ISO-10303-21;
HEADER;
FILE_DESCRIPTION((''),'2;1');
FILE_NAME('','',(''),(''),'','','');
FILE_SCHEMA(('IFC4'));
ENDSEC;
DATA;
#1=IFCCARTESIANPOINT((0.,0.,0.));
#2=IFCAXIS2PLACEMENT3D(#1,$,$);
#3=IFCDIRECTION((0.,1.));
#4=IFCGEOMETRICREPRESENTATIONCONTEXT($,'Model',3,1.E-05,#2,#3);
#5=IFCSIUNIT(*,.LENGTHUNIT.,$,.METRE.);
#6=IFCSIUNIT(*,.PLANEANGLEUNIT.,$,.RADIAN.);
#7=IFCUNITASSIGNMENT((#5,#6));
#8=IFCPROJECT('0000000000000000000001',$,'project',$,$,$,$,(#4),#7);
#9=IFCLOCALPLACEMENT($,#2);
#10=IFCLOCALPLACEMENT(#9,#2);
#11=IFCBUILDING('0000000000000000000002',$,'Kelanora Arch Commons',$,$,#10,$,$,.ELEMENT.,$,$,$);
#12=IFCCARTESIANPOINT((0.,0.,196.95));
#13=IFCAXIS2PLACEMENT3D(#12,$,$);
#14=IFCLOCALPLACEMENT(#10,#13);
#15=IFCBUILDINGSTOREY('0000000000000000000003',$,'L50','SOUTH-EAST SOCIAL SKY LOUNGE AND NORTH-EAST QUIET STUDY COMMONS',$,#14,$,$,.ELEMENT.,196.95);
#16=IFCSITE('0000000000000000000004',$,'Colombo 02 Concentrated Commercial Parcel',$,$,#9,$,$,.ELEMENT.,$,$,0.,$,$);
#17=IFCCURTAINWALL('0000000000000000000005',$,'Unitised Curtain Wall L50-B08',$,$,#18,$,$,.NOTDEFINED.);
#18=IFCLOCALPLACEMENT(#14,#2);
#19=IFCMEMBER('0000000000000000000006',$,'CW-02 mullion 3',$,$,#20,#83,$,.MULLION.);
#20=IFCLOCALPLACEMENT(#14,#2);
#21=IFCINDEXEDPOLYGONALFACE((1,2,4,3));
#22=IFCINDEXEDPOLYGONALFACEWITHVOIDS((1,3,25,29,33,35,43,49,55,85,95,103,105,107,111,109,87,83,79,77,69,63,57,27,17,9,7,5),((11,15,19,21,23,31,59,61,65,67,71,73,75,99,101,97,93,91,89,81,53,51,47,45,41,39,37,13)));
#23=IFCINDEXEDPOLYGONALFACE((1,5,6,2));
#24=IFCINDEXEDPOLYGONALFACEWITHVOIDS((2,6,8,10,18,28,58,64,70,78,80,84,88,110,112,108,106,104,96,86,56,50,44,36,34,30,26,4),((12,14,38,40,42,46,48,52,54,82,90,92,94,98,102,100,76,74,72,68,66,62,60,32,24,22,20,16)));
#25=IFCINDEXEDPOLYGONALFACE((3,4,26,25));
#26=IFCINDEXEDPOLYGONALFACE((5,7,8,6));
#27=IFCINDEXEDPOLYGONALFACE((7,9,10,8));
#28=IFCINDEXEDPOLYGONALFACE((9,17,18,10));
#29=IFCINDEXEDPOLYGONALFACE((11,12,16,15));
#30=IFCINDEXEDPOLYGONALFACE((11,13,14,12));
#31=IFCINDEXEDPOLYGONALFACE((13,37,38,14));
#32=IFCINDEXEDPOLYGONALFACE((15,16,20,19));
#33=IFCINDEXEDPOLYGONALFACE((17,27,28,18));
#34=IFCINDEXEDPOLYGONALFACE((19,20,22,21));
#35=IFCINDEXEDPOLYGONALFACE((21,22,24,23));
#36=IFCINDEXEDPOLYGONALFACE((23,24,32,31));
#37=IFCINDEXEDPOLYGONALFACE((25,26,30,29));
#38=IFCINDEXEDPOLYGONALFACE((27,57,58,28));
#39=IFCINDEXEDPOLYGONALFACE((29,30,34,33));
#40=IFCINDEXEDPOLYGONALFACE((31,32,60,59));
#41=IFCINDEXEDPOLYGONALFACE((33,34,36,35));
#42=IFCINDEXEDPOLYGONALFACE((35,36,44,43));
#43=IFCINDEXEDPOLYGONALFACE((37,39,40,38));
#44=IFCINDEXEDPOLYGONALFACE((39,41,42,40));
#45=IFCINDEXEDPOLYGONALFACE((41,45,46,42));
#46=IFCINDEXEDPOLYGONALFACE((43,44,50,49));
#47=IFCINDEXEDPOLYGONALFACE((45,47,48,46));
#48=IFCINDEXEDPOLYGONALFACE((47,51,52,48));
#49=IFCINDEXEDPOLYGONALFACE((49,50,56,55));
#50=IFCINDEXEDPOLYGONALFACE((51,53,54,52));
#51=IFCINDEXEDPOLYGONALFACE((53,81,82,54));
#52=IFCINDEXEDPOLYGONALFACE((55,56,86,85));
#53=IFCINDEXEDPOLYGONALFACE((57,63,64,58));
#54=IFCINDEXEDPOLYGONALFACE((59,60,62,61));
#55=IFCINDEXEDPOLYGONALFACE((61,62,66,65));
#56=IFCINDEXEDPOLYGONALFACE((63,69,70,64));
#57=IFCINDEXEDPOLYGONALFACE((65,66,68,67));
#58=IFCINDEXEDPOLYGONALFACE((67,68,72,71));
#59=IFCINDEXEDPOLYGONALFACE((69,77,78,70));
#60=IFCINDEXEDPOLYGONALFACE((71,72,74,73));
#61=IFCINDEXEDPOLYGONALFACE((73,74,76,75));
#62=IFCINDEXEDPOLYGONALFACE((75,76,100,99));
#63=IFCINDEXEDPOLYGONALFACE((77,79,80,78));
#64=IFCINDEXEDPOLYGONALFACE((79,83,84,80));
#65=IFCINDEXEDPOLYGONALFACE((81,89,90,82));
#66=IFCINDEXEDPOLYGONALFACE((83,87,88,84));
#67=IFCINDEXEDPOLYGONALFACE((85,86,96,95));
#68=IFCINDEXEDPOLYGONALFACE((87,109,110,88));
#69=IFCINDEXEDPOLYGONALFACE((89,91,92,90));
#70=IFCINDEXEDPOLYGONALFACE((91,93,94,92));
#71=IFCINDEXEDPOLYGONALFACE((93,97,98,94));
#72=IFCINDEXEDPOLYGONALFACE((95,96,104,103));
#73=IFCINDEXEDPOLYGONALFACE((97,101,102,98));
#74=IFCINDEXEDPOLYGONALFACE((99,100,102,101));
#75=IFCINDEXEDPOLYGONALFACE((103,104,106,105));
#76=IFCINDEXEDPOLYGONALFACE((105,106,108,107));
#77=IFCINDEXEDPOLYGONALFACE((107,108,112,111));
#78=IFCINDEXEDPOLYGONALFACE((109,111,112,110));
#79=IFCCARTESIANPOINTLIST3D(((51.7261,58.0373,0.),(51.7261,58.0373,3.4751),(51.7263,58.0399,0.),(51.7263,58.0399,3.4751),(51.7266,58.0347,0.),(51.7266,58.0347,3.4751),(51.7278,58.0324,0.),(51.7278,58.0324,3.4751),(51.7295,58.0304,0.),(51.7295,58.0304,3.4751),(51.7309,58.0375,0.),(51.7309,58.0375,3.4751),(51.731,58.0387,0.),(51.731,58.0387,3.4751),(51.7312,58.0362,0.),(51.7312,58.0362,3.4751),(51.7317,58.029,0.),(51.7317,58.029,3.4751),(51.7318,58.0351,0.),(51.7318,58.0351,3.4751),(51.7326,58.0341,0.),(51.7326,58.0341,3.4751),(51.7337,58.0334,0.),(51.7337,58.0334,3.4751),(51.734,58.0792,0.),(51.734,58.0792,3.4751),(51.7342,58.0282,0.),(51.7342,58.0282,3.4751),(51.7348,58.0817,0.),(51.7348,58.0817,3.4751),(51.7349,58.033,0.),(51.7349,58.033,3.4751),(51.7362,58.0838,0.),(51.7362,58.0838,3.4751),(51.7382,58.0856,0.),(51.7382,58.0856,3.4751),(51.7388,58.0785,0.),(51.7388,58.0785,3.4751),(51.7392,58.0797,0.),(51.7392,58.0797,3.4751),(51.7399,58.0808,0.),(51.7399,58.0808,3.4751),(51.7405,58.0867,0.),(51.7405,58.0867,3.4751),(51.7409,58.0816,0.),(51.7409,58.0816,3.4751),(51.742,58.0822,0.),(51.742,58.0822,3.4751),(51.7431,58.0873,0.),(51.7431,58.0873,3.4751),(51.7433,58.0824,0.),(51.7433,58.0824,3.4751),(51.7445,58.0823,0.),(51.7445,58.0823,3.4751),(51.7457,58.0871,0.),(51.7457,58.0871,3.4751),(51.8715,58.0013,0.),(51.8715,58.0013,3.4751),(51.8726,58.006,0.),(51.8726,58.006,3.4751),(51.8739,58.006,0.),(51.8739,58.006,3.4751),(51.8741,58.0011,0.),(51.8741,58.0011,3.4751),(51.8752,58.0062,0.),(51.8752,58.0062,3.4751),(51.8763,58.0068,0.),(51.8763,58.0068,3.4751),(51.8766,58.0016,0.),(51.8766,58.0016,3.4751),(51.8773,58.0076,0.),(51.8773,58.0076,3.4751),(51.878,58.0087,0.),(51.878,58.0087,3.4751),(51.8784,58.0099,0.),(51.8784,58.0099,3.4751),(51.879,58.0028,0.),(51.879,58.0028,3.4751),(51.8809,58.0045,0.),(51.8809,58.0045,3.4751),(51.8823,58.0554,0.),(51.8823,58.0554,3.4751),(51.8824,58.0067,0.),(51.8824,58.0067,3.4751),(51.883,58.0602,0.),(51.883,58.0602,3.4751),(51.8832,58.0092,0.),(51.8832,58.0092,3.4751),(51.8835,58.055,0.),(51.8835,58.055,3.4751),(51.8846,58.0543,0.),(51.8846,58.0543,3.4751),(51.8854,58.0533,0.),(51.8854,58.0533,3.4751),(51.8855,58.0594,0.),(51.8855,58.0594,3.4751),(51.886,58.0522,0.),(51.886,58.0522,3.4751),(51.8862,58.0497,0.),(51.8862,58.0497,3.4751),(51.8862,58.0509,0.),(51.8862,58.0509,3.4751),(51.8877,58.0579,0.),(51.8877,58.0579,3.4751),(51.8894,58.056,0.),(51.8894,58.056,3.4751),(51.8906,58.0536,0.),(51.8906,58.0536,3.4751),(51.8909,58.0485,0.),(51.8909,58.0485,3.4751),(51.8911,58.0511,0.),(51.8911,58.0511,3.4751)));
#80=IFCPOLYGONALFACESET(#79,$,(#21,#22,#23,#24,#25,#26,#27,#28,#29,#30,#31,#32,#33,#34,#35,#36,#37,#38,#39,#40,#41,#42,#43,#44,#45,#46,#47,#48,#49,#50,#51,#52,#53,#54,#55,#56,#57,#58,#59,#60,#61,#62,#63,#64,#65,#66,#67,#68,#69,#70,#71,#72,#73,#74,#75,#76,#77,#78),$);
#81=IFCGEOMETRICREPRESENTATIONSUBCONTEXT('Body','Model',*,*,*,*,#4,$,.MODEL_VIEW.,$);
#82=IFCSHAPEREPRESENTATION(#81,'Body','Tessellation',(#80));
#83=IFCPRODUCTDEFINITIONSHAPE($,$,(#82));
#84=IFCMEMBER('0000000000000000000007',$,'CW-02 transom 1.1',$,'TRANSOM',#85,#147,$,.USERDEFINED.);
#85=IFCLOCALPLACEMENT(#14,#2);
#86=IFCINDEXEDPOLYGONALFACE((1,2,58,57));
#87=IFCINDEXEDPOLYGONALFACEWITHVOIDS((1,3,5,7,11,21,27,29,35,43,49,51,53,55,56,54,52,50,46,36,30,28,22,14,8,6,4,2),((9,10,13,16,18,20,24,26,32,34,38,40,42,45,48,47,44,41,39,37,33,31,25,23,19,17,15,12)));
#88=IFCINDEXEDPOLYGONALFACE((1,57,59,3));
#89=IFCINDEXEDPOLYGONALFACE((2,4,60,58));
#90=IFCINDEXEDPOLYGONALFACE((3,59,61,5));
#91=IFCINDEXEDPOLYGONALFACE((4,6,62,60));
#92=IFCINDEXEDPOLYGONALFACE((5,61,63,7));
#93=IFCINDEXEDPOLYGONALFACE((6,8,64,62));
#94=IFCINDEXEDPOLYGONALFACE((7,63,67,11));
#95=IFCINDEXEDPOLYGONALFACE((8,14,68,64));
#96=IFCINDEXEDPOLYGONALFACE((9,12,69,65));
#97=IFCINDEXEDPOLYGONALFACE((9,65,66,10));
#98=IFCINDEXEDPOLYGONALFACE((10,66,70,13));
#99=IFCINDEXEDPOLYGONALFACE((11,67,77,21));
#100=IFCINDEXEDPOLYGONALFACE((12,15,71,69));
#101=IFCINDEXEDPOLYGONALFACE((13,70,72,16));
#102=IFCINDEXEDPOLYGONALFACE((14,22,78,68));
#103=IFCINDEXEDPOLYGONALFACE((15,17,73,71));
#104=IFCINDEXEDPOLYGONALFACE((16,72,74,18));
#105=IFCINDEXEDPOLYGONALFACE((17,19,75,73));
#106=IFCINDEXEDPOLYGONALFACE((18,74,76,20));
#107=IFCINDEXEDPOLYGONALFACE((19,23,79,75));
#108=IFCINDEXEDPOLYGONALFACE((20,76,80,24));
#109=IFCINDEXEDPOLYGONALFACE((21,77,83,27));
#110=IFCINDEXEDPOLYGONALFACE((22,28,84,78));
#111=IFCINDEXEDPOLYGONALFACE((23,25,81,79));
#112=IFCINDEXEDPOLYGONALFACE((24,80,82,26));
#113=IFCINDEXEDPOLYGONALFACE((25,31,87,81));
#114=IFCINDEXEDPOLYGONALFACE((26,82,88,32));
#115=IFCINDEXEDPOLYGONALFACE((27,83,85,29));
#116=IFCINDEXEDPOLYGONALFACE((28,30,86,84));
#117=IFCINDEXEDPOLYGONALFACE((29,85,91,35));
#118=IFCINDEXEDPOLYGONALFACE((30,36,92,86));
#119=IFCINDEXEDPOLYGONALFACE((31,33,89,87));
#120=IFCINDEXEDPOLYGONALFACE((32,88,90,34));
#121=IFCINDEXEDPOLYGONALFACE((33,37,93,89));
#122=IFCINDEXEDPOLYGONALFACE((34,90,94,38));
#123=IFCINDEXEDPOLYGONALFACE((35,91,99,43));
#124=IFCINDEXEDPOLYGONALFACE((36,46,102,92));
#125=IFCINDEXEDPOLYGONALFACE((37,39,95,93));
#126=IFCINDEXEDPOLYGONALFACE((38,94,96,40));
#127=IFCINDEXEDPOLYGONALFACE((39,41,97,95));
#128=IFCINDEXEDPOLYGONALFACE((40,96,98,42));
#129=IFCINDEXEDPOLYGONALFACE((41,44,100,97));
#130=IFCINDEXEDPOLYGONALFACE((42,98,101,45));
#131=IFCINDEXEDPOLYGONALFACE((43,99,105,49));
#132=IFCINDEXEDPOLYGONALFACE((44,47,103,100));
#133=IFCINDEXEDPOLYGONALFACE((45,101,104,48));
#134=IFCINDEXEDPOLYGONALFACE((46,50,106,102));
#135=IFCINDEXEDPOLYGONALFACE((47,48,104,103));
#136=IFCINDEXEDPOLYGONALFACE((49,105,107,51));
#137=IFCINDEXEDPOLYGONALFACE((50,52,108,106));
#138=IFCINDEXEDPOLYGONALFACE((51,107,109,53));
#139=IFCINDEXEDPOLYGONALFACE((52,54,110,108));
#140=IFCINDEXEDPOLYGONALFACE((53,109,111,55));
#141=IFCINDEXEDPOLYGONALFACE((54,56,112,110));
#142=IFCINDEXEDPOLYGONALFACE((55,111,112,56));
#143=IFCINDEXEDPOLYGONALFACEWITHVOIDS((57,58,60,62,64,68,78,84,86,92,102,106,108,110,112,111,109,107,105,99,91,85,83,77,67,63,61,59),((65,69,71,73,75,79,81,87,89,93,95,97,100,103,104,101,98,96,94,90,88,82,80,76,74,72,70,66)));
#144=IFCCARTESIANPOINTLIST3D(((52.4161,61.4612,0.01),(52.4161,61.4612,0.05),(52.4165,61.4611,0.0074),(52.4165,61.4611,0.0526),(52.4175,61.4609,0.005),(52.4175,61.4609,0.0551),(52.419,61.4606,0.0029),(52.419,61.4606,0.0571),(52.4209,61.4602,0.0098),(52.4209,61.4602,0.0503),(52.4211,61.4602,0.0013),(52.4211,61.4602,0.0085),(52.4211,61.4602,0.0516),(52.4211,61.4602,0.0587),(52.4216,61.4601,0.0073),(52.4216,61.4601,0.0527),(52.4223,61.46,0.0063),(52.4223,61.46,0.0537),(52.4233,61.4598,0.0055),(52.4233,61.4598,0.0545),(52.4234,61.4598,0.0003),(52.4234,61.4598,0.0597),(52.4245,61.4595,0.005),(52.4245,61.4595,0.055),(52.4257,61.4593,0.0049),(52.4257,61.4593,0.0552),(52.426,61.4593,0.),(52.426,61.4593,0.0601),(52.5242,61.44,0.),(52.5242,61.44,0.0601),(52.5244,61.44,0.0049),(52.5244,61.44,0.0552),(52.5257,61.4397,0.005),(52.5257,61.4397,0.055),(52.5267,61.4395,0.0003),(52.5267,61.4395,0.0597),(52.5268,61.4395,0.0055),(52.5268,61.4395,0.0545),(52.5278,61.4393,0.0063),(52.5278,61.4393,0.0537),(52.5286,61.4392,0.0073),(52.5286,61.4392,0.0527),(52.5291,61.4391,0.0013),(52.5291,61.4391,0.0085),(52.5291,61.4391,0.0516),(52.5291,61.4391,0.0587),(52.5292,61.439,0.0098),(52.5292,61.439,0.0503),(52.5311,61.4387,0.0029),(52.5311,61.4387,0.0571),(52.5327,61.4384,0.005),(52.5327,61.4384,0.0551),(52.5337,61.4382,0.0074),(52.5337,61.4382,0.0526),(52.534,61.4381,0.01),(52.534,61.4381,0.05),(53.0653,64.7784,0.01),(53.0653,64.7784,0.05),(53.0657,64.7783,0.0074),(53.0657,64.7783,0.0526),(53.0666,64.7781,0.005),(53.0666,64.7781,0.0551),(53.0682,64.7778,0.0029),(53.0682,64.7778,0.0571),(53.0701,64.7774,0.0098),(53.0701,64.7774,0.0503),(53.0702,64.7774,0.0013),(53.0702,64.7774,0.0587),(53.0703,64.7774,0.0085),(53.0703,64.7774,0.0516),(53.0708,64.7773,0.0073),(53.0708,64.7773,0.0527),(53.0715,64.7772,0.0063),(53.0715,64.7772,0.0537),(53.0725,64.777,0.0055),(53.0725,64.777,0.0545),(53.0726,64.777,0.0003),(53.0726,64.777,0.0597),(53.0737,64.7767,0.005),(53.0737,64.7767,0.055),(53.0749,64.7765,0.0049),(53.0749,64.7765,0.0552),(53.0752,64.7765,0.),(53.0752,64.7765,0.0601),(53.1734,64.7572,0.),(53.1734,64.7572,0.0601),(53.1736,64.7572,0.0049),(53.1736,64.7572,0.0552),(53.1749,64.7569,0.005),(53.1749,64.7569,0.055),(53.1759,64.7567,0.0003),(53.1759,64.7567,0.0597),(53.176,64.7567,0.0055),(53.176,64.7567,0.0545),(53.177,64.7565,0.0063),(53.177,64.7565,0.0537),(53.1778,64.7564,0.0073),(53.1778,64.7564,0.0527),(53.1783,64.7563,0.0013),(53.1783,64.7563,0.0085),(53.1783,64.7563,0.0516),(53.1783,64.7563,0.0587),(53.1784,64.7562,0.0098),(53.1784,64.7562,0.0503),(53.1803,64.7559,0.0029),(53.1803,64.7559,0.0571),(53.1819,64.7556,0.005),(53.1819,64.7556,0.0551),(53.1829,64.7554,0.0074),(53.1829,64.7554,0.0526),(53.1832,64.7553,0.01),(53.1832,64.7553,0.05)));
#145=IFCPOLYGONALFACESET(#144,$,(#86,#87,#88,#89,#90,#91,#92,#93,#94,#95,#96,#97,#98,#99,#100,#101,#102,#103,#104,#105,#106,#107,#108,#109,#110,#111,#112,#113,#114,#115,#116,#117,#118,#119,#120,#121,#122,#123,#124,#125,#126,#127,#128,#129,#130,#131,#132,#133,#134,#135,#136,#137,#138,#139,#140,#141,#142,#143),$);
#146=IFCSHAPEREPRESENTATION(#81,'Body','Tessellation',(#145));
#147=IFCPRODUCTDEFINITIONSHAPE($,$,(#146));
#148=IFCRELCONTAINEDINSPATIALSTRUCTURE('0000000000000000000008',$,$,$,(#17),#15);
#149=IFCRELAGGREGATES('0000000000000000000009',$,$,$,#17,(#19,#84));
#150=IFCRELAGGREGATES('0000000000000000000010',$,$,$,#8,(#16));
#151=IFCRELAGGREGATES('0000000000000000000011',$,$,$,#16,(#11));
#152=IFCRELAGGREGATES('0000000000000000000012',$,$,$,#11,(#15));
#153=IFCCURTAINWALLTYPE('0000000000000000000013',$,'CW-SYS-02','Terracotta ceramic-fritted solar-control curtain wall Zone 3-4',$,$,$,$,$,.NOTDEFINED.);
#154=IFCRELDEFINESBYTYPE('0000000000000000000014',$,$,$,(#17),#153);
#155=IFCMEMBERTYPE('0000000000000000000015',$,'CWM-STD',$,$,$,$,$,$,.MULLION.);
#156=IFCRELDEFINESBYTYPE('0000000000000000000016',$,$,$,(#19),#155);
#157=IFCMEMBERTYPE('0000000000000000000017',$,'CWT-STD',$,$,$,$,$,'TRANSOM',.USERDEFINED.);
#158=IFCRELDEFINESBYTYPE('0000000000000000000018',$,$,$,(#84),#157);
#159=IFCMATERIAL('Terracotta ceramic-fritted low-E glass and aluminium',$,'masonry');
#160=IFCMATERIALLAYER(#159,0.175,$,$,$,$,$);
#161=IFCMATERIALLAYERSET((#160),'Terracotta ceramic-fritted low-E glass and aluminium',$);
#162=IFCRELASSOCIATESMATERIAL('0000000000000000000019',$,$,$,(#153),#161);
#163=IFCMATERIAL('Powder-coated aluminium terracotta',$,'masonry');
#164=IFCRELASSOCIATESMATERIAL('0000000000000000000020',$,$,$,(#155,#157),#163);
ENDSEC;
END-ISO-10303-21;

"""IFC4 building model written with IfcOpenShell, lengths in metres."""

from ifc_helpers import new_model, si_unit, direction, frame, origin, origin_2d, place, context, subcontext, project, spatial, hollow_rectangle, extrude, material, layer, layer_set, material_profile, profile_set, type_object, element, aggregate, save


model = new_model("IFC4")

# Units and contexts
model_context = context("Model", 3, precision=1e-05, world=origin(), true_north=direction((0.0, 1.0)))
body_context = subcontext(model_context, "Body", "Model", "MODEL_VIEW")
ifc_project = project(units=[si_unit("LENGTHUNIT", "METRE"), si_unit("PLANEANGLEUNIT", "RADIAN")], contexts=[model_context])

# Site, building, storey
site_placement = place(None, origin())
site = spatial("IfcSite", under=ifc_project, at=site_placement, Name="Colombo 02 Concentrated Commercial Parcel", CompositionType="ELEMENT", RefElevation=0.0)
building_placement = place(site_placement, origin())
building = spatial("IfcBuilding", under=site, at=building_placement, Name="Kelanora Arch Commons", CompositionType="ELEMENT")
storey_placement = place(building_placement, frame((0.0, 0.0, 196.95)))
storey = spatial("IfcBuildingStorey", under=building, at=storey_placement, Name="L50", Description="SOUTH-EAST SOCIAL SKY LOUNGE AND NORTH-EAST QUIET STUDY COMMONS", CompositionType="ELEMENT", Elevation=196.95)

# Curtain wall, members
ifc_material_1 = material(Name="Terracotta ceramic-fritted low-E glass and aluminium", Category="masonry")
ifc_layer_1 = layer(ifc_material_1, 0.175)
ifc_layer_set_1 = layer_set([ifc_layer_1], Name="Terracotta ceramic-fritted low-E glass and aluminium")
curtain_wall_type = type_object("IfcCurtainWallType", Name="CW-SYS-02", Description="Terracotta ceramic-fritted solar-control curtain wall Zone 3-4", PredefinedType="NOTDEFINED", material=ifc_layer_set_1)
curtain_wall_placement = place(storey_placement, origin())
curtain_wall = element("IfcCurtainWall", 1, at=curtain_wall_placement, inside=storey, type_object=curtain_wall_type, Name="Unitised Curtain Wall L50-B08", PredefinedType="NOTDEFINED")
ifc_material_2 = material(Name="Powder-coated aluminium terracotta", Category="masonry")
ifc_material_profile_1 = material_profile(ifc_material_2, hollow_rectangle(XDim=0.1599, YDim=0.0601, WallThickness=0.0049, InnerFilletRadius=0.0049, OuterFilletRadius=0.01, at=origin_2d()), Name="CWM160x60")
ifc_profile_set_1 = profile_set([ifc_material_profile_1], Name="Powder-coated aluminium terracotta")
member_type_1 = type_object("IfcMemberType", Name="CWM-STD", PredefinedType="MULLION", material=ifc_profile_set_1)
member_1_placement = place(storey_placement, frame((51.8086, 58.0442, 0.0), z_axis=(0.0, 0.0, 1.0), x_axis=(0.981381, -0.192069, 0.0)))
member_1 = element("IfcMember", 2, at=member_1_placement, type_object=member_type_1, Name="CW-02 mullion 3", PredefinedType="MULLION", context=body_context, shape_type="SweptSolid", body=[
    extrude(hollow_rectangle(XDim=0.1599, YDim=0.0601, WallThickness=0.0049, InnerFilletRadius=0.0049, OuterFilletRadius=0.01, at=origin_2d()), origin(), (0.0, 0.0, 1.0), 3.4751),
])
ifc_material_profile_2 = material_profile(ifc_material_2, hollow_rectangle(XDim=0.1201, YDim=0.0601, WallThickness=0.0049, InnerFilletRadius=0.0049, OuterFilletRadius=0.01, at=origin_2d()), Name="CWT120x60")
ifc_profile_set_2 = profile_set([ifc_material_profile_2], Name="Powder-coated aluminium terracotta")
member_type_2 = type_object("IfcMemberType", Name="CWT-STD", ElementType="TRANSOM", PredefinedType="USERDEFINED", material=ifc_profile_set_2)
member_2_placement = place(storey_placement, frame((53.1243, 64.7668, 0.03), z_axis=(-0.192058, -0.981383, 0.0), x_axis=(0.981383, -0.192058, 0.0)))
member_2 = element("IfcMember", 3, at=member_2_placement, type_object=member_type_2, Name="CW-02 transom 1.1", ObjectType="TRANSOM", PredefinedType="USERDEFINED", context=body_context, shape_type="SweptSolid", body=[
    extrude(hollow_rectangle(XDim=0.1201, YDim=0.0601, WallThickness=0.0049, InnerFilletRadius=0.0049, OuterFilletRadius=0.01, at=origin_2d()), origin(), (0.0, 0.0, 1.0), 3.3801),
])
aggregate(curtain_wall, [member_1, member_2])

save(model, "model.ifc")
